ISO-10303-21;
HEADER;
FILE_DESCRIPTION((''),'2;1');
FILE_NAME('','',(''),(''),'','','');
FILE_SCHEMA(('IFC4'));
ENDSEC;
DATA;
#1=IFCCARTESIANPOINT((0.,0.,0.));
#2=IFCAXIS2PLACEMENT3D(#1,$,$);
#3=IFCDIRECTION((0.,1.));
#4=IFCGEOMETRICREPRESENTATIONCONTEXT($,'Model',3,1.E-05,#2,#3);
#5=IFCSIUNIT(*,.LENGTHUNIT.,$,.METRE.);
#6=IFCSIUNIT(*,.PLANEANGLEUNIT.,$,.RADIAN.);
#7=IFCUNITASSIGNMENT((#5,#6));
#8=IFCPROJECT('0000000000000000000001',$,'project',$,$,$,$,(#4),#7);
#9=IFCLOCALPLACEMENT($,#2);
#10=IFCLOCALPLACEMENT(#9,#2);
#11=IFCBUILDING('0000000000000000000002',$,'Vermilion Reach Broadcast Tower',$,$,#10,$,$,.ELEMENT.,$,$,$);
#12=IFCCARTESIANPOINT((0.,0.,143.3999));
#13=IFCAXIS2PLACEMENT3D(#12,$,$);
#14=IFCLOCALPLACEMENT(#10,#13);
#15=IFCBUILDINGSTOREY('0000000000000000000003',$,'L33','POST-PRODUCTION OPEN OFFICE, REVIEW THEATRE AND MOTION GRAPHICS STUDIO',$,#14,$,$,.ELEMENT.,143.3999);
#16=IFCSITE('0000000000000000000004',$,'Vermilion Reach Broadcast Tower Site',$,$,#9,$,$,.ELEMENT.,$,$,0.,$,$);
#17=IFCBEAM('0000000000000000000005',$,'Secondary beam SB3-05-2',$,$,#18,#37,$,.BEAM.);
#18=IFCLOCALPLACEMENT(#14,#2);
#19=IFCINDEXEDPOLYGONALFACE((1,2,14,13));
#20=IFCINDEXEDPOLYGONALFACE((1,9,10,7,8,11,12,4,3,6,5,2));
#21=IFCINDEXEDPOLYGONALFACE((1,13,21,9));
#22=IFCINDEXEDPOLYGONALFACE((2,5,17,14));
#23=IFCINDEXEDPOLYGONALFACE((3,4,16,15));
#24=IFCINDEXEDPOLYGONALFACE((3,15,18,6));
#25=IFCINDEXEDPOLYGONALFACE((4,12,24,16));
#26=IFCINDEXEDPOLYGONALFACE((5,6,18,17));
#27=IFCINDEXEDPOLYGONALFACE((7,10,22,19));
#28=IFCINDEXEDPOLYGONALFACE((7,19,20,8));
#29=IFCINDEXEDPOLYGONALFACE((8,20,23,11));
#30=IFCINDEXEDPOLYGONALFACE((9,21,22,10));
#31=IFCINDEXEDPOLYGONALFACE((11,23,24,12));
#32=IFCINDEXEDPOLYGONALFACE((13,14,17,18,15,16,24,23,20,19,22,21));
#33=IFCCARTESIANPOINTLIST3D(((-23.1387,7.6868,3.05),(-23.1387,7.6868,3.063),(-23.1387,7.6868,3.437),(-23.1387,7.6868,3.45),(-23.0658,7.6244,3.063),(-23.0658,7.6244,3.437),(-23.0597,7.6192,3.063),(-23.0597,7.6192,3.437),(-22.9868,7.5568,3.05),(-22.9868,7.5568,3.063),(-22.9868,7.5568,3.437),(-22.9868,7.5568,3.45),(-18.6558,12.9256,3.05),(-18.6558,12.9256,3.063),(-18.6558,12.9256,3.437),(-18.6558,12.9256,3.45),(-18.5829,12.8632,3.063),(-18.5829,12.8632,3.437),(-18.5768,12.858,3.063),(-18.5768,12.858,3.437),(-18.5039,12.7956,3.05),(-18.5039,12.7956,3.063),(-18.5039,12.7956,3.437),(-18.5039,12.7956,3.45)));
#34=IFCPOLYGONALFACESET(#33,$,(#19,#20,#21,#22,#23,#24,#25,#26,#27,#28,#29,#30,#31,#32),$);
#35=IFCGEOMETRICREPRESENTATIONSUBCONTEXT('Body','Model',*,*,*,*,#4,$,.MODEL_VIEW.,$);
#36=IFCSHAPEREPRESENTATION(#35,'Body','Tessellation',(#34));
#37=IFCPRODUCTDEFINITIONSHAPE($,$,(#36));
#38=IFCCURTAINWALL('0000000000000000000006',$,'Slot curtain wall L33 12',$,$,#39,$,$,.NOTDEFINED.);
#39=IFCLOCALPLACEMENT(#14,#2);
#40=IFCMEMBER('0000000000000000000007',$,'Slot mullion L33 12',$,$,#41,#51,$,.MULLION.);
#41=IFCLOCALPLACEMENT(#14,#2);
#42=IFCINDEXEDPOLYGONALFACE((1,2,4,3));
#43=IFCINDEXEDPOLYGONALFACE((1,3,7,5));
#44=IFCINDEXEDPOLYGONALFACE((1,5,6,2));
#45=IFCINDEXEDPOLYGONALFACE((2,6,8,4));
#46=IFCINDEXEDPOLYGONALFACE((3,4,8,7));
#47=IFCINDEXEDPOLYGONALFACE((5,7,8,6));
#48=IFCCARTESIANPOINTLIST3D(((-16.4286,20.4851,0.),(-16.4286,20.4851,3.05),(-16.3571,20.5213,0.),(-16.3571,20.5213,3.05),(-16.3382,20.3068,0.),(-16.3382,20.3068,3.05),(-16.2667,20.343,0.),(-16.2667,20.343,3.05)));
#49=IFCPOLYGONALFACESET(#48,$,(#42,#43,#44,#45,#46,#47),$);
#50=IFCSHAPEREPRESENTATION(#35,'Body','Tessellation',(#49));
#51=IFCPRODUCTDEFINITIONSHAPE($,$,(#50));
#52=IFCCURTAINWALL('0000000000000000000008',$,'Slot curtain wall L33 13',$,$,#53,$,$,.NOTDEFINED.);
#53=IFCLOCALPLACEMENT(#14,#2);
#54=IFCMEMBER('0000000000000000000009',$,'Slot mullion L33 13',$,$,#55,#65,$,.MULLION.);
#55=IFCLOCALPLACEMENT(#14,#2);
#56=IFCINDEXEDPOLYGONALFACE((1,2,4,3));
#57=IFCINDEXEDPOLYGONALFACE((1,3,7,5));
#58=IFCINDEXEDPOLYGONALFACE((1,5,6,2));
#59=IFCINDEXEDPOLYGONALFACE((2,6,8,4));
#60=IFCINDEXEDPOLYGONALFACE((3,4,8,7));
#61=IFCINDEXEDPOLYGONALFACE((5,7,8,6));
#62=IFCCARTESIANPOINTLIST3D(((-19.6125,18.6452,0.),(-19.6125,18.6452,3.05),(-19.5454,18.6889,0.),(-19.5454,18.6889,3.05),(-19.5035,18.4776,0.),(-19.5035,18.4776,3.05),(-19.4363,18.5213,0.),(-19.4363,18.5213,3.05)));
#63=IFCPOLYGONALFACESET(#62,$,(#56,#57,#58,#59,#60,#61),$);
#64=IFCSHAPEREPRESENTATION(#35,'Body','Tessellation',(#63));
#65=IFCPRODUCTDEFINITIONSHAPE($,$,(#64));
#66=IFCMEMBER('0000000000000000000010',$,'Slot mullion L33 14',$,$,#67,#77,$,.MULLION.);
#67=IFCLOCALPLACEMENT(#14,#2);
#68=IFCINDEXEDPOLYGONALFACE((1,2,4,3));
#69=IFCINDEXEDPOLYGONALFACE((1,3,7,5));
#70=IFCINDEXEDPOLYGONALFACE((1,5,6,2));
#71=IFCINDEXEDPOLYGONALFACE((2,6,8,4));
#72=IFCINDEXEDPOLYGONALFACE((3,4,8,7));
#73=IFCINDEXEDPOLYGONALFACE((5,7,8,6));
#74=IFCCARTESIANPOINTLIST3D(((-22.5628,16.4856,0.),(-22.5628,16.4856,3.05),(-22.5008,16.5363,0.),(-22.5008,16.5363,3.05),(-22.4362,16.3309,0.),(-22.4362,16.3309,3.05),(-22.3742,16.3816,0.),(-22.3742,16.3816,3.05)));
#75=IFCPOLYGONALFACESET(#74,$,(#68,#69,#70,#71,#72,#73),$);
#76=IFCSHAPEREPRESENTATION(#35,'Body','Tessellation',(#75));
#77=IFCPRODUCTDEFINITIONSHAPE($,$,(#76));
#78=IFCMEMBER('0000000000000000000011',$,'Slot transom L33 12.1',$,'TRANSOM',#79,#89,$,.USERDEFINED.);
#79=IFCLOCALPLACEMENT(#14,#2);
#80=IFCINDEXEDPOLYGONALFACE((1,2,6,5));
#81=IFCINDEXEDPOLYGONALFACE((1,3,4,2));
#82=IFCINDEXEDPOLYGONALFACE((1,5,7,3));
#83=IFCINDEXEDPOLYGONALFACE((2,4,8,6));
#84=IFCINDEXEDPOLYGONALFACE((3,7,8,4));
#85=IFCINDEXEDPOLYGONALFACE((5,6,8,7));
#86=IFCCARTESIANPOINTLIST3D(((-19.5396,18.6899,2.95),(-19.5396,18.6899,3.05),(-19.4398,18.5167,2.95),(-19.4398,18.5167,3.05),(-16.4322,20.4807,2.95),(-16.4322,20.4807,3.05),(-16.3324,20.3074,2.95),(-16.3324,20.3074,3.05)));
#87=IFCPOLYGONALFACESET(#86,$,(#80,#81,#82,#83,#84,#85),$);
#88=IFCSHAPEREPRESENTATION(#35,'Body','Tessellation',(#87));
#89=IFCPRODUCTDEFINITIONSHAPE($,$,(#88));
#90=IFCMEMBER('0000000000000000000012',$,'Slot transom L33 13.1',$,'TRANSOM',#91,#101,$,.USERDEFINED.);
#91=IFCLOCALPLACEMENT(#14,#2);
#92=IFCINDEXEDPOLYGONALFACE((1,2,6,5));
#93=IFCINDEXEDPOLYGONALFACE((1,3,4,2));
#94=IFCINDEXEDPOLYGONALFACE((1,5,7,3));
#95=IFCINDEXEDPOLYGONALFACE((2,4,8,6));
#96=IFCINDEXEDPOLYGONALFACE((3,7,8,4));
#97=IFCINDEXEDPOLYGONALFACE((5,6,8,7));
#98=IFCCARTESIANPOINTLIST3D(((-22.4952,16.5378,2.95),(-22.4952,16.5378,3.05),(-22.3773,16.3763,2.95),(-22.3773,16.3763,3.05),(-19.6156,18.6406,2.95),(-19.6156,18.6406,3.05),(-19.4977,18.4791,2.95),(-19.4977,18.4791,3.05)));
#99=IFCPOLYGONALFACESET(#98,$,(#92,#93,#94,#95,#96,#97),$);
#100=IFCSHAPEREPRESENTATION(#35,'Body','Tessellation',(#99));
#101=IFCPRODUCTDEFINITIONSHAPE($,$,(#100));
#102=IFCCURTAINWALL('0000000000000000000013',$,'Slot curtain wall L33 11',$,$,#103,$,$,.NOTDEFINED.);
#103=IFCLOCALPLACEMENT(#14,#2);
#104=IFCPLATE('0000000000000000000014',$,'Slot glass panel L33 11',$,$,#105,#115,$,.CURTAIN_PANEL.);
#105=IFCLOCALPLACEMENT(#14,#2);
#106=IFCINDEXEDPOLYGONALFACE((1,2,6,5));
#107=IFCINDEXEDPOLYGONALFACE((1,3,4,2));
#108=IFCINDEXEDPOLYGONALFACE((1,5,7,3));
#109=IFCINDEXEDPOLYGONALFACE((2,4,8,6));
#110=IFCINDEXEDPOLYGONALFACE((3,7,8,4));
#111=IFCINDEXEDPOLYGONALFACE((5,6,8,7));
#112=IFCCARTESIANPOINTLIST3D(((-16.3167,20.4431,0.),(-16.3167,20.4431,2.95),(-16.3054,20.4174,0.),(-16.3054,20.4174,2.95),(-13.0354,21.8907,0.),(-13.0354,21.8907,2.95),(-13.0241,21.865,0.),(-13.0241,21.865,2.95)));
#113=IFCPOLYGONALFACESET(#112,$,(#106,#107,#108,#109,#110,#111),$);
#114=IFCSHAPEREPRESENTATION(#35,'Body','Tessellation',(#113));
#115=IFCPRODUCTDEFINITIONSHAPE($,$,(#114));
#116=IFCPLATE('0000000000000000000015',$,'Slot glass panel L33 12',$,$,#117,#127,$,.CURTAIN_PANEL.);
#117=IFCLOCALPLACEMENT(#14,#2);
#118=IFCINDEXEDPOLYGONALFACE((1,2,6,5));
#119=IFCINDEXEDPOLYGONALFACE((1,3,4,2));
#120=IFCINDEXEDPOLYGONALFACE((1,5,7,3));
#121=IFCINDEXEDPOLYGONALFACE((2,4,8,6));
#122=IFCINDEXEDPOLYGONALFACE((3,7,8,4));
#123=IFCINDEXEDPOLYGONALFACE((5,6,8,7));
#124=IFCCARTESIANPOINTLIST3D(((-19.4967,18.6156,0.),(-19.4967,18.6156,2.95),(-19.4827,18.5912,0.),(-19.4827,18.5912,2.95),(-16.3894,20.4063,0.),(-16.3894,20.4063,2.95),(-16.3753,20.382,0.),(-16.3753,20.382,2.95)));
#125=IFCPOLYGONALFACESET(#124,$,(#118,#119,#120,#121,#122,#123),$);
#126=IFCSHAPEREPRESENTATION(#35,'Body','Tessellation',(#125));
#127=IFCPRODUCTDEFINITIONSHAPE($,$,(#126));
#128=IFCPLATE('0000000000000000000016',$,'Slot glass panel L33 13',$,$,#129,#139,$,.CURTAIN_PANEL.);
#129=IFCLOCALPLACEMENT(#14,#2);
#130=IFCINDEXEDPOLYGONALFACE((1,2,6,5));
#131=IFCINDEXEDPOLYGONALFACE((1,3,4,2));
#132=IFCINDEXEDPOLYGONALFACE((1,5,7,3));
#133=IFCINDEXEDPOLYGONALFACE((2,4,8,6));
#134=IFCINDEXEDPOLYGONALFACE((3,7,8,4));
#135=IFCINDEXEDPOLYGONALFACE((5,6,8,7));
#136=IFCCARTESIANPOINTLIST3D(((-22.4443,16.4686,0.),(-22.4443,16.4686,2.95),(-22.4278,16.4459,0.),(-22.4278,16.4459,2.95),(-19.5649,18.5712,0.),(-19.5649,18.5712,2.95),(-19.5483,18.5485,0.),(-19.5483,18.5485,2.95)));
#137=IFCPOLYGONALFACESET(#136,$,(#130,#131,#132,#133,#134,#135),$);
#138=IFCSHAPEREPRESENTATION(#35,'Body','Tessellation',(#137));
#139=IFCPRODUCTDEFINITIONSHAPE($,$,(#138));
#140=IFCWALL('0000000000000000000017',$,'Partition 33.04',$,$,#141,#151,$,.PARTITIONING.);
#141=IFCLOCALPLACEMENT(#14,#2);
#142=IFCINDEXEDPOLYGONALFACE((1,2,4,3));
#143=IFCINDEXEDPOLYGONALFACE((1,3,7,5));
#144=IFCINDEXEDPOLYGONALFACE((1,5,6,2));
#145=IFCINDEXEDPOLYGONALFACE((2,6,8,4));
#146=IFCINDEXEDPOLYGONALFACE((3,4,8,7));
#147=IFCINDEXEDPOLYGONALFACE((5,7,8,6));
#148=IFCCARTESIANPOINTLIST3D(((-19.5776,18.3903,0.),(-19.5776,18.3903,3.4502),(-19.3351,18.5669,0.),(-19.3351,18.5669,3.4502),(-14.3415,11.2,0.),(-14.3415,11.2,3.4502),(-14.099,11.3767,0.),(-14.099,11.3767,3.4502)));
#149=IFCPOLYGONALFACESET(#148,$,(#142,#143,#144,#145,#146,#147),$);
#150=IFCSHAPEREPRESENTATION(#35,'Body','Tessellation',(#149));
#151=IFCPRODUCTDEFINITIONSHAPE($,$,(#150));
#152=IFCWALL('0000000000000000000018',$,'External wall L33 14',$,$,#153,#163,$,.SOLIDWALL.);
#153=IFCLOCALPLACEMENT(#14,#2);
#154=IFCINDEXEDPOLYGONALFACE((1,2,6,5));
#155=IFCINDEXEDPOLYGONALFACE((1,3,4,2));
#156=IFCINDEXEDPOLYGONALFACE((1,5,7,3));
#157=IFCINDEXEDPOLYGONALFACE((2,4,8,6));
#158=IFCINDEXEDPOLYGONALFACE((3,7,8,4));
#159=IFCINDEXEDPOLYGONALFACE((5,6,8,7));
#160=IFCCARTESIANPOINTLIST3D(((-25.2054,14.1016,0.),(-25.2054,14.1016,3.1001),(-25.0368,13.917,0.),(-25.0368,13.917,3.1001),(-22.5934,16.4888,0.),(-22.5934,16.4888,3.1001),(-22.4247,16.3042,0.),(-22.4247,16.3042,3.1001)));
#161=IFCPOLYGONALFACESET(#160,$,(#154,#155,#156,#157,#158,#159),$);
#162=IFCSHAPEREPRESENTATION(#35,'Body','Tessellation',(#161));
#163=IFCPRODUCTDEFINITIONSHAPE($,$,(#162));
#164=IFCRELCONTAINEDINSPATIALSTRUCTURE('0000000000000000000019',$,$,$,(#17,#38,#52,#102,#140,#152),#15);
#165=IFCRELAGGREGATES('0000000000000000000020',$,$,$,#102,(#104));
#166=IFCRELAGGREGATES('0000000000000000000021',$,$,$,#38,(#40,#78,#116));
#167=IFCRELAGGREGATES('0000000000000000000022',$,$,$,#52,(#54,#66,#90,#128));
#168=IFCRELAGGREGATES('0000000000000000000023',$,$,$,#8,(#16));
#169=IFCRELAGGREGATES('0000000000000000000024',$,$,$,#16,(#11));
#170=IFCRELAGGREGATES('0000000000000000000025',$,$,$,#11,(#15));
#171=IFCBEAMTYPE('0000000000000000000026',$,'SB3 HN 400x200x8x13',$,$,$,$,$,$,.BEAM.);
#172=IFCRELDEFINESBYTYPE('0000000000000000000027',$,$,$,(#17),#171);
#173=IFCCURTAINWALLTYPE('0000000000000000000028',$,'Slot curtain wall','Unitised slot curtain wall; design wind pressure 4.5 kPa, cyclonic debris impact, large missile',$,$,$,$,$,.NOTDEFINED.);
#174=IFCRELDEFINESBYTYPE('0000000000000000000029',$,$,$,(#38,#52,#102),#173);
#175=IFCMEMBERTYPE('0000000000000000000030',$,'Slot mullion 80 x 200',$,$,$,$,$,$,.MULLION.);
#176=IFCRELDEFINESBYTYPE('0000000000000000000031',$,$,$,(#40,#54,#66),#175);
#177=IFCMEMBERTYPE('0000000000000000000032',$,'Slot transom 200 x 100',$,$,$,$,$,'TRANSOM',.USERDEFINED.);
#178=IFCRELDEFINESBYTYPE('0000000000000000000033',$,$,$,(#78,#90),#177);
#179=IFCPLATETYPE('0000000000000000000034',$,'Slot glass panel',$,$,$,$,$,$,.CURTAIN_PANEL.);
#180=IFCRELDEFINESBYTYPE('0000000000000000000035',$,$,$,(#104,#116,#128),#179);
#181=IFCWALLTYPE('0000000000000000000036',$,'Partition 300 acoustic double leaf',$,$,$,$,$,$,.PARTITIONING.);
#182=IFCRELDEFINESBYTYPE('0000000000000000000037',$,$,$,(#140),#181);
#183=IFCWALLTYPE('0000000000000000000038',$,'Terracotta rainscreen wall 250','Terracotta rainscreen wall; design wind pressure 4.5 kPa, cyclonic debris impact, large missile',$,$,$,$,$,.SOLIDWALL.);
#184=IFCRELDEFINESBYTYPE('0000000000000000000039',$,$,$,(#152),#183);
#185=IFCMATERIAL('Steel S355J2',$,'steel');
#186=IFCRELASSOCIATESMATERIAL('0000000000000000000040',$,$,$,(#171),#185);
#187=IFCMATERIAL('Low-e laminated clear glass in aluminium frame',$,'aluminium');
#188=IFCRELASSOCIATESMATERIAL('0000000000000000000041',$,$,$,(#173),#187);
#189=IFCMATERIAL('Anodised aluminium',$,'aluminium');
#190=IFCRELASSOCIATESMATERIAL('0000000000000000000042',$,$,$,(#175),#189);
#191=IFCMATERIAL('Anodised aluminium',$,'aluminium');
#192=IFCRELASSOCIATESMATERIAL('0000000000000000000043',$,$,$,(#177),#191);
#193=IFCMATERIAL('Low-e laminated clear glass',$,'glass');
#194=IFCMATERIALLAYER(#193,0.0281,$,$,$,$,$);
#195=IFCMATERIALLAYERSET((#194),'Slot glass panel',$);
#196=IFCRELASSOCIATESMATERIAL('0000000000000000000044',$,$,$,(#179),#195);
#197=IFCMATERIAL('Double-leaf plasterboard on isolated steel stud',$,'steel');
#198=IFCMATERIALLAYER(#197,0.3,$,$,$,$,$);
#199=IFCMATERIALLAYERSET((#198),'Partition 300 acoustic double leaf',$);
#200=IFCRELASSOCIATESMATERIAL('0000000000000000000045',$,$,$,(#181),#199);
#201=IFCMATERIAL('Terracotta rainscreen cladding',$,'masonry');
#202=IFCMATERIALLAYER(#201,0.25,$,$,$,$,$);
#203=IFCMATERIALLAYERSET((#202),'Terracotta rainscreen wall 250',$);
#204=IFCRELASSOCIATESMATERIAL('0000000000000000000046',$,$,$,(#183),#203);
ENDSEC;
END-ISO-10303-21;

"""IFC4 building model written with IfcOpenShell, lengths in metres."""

from ifc_helpers import new_model, si_unit, direction, frame, frame_2d, origin, origin_2d, place, context, subcontext, project, spatial, rectangle, i_section, extrude, material, layer, layer_set, material_profile, profile_set, type_object, element, aggregate, save


model = new_model("IFC4")

# Units and contexts
model_context = context("Model", 3, precision=1e-05, world=origin(), true_north=direction((0.0, 1.0)))
body_context = subcontext(model_context, "Body", "Model", "MODEL_VIEW")
ifc_project = project(units=[si_unit("LENGTHUNIT", "METRE"), si_unit("PLANEANGLEUNIT", "RADIAN")], contexts=[model_context])

# Site, building, storey
site_placement = place(None, origin())
site = spatial("IfcSite", under=ifc_project, at=site_placement, Name="Vermilion Reach Broadcast Tower Site", CompositionType="ELEMENT", RefElevation=0.0)
building_placement = place(site_placement, origin())
building = spatial("IfcBuilding", under=site, at=building_placement, Name="Vermilion Reach Broadcast Tower", CompositionType="ELEMENT")
storey_placement = place(building_placement, frame((0.0, 0.0, 143.3999)))
storey = spatial("IfcBuildingStorey", under=building, at=storey_placement, Name="L33", Description="POST-PRODUCTION OPEN OFFICE, REVIEW THEATRE AND MOTION GRAPHICS STUDIO", CompositionType="ELEMENT", Elevation=143.3999)

# Beam
ifc_material_1 = material(Name="Steel S355J2", Category="steel")
ifc_material_profile_1 = material_profile(ifc_material_1, i_section(OverallWidth=0.2, OverallDepth=0.3999, WebThickness=0.0081, FlangeThickness=0.0129, at=origin_2d()), Name="S355J2 HN 400x200x8x13")
ifc_profile_set_1 = profile_set([ifc_material_profile_1], Name="Steel S355J2")
beam_type_1 = type_object("IfcBeamType", Name="SB3 HN 400x200x8x13", PredefinedType="BEAM", material=ifc_profile_set_1)
beam_1_placement = place(storey_placement, frame((-18.5798, 12.8606, 3.25), z_axis=(-0.650167, -0.759791, 0.0), x_axis=(0.759791, -0.650167, 0.0)))
element("IfcBeam", 1, at=beam_1_placement, inside=storey, type_object=beam_type_1, Name="Secondary beam SB3-05-2", PredefinedType="BEAM", context=body_context, shape_type="SweptSolid", body=[
    extrude(i_section(OverallWidth=0.2, OverallDepth=0.3999, WebThickness=0.0081, FlangeThickness=0.0129, at=origin_2d()), origin(), (0.0, 0.0, 1.0), 6.895),
])

# Curtain wall, member
ifc_material_2 = material(Name="Low-e laminated clear glass in aluminium frame", Category="aluminium")
curtain_wall_type = type_object("IfcCurtainWallType", Name="Slot curtain wall", Description="Unitised slot curtain wall; design wind pressure 4.5 kPa, cyclonic debris impact, large missile", PredefinedType="NOTDEFINED", material=ifc_material_2)
placement = place(storey_placement, origin())
curtain_wall_1 = element("IfcCurtainWall", 2, at=placement, inside=storey, type_object=curtain_wall_type, Name="Slot curtain wall L33 12", PredefinedType="NOTDEFINED")
ifc_material_3 = material(Name="Anodised aluminium", Category="aluminium")
ifc_material_profile_2 = material_profile(ifc_material_3, rectangle(XDim=0.2, YDim=0.0801, at=origin_2d()), Name="Slot mullion 80 x 200")
ifc_profile_set_2 = profile_set([ifc_material_profile_2], Name="Anodised aluminium")
member_type_1 = type_object("IfcMemberType", Name="Slot mullion 80 x 200", PredefinedType="MULLION", material=ifc_profile_set_2)
member_1_placement = place(storey_placement, frame((-16.3477, 20.4141, 0.0), z_axis=(0.0, 0.0, 1.0), x_axis=(0.452123, -0.891955, 0.0)))
member_1 = element("IfcMember", 3, at=member_1_placement, type_object=member_type_1, Name="Slot mullion L33 12", PredefinedType="MULLION", context=body_context, shape_type="SweptSolid", body=[
    extrude(rectangle(XDim=0.2, YDim=0.0801, at=origin_2d()), origin(), (0.0, 0.0, 1.0), 3.05),
])

# Curtain wall, members
curtain_wall_2 = element("IfcCurtainWall", 4, at=placement, inside=storey, type_object=curtain_wall_type, Name="Slot curtain wall L33 13", PredefinedType="NOTDEFINED")
member_2_placement = place(storey_placement, frame((-19.5244, 18.5833, 0.0), z_axis=(0.0, 0.0, 1.0), x_axis=(0.545311, -0.838234, 0.0)))
member_2 = element("IfcMember", 5, at=member_2_placement, type_object=member_type_1, Name="Slot mullion L33 13", PredefinedType="MULLION", context=body_context, shape_type="SweptSolid", body=[
    extrude(rectangle(XDim=0.2, YDim=0.0801, at=origin_2d()), origin(), (0.0, 0.0, 1.0), 3.05),
])
member_3_placement = place(storey_placement, frame((-22.4685, 16.4336, 0.0), z_axis=(0.0, 0.0, 1.0), x_axis=(0.633124, -0.77405, 0.0)))
member_3 = element("IfcMember", 6, at=member_3_placement, type_object=member_type_1, Name="Slot mullion L33 14", PredefinedType="MULLION", context=body_context, shape_type="SweptSolid", body=[
    extrude(rectangle(XDim=0.2, YDim=0.0801, at=origin_2d()), origin(), (0.0, 0.0, 1.0), 3.05),
])

# Members
ifc_material_4 = material(Name="Anodised aluminium", Category="aluminium")
ifc_material_profile_3 = material_profile(ifc_material_4, rectangle(XDim=0.2, YDim=0.1001, at=origin_2d()), Name="Slot transom 200 x 100")
ifc_profile_set_3 = profile_set([ifc_material_profile_3], Name="Anodised aluminium")
member_type_2 = type_object("IfcMemberType", Name="Slot transom 200 x 100", ElementType="TRANSOM", PredefinedType="USERDEFINED", material=ifc_profile_set_3)
member_4_placement = place(storey_placement, frame((-16.3823, 20.394, 3.0), z_axis=(-0.866423, -0.49931, 0.0), x_axis=(0.49931, -0.866423, 0.0)))
member_4 = element("IfcMember", 7, at=member_4_placement, type_object=member_type_2, Name="Slot transom L33 12.1", ObjectType="TRANSOM", PredefinedType="USERDEFINED", context=body_context, shape_type="SweptSolid", body=[
    extrude(rectangle(XDim=0.2, YDim=0.1001, at=origin_2d()), origin(), (0.0, 0.0, 1.0), 3.5864),
])
member_5_placement = place(storey_placement, frame((-19.5566, 18.5598, 3.0), z_axis=(-0.807601, -0.58973, 0.0), x_axis=(0.58973, -0.807601, 0.0)))
member_5 = element("IfcMember", 8, at=member_5_placement, type_object=member_type_2, Name="Slot transom L33 13.1", ObjectType="TRANSOM", PredefinedType="USERDEFINED", context=body_context, shape_type="SweptSolid", body=[
    extrude(rectangle(XDim=0.2, YDim=0.1001, at=origin_2d()), origin(), (0.0, 0.0, 1.0), 3.5657),
])

# Curtain wall, plate
curtain_wall_3 = element("IfcCurtainWall", 9, at=placement, inside=storey, type_object=curtain_wall_type, Name="Slot curtain wall L33 11", PredefinedType="NOTDEFINED")
ifc_material_5 = material(Name="Low-e laminated clear glass", Category="glass")
ifc_layer_1 = layer(ifc_material_5, 0.0281)
ifc_layer_set_1 = layer_set([ifc_layer_1], Name="Slot glass panel")
plate_type = type_object("IfcPlateType", Name="Slot glass panel", PredefinedType="CURTAIN_PANEL", material=ifc_layer_set_1)
plate_1_placement = place(storey_placement, frame((-14.6704, 21.1541, 0.0), z_axis=(0.0, 0.0, 1.0), x_axis=(-0.91492, -0.403636, 0.0)))
plate_1 = element("IfcPlate", 10, at=plate_1_placement, type_object=plate_type, Name="Slot glass panel L33 11", PredefinedType="CURTAIN_PANEL", context=body_context, shape_type="SweptSolid", body=[
    extrude(rectangle(XDim=3.5864, YDim=0.0281, at=origin_2d()), origin(), (0.0, 0.0, 1.0), 2.95),
])
aggregate(curtain_wall_3, [plate_1])

# Plates
plate_2_placement = place(storey_placement, frame((-17.936, 19.4988, 0.0), z_axis=(0.0, 0.0, 1.0), x_axis=(-0.866424, -0.499309, 0.0)))
plate_2 = element("IfcPlate", 11, at=plate_2_placement, type_object=plate_type, Name="Slot glass panel L33 12", PredefinedType="CURTAIN_PANEL", context=body_context, shape_type="SweptSolid", body=[
    extrude(rectangle(XDim=3.5864, YDim=0.0281, at=origin_2d()), origin(), (0.0, 0.0, 1.0), 2.95),
])
aggregate(curtain_wall_1, [member_1, member_4, plate_2])
plate_3_placement = place(storey_placement, frame((-20.9963, 17.5085, 0.0), z_axis=(0.0, 0.0, 1.0), x_axis=(-0.807604, -0.589726, 0.0)))
plate_3 = element("IfcPlate", 12, at=plate_3_placement, type_object=plate_type, Name="Slot glass panel L33 13", PredefinedType="CURTAIN_PANEL", context=body_context, shape_type="SweptSolid", body=[
    extrude(rectangle(XDim=3.5654, YDim=0.0281, at=origin_2d()), origin(), (0.0, 0.0, 1.0), 2.95),
])
aggregate(curtain_wall_2, [member_2, member_3, member_5, plate_3])

# Walls
ifc_material_6 = material(Name="Double-leaf plasterboard on isolated steel stud", Category="steel")
ifc_layer_2 = layer(ifc_material_6, 0.3)
ifc_layer_set_2 = layer_set([ifc_layer_2], Name="Partition 300 acoustic double leaf")
wall_type_1 = type_object("IfcWallType", Name="Partition 300 acoustic double leaf", PredefinedType="PARTITIONING", material=ifc_layer_set_2)
wall_1_placement = place(storey_placement, frame((-19.4563, 18.4785, 0.0), z_axis=(0.0, 0.0, 1.0), x_axis=(0.588676, -0.808369, 0.0)))
element("IfcWall", 13, at=wall_1_placement, inside=storey, type_object=wall_type_1, Name="Partition 33.04", PredefinedType="PARTITIONING", context=body_context, shape_type="SweptSolid", body=[
    extrude(rectangle(XDim=8.8948, YDim=0.3, at=frame_2d((4.4473, 0.0))), origin(), (0.0, 0.0, 1.0), 3.4502),
])
ifc_material_7 = material(Name="Terracotta rainscreen cladding", Category="masonry")
ifc_layer_3 = layer(ifc_material_7, 0.25)
ifc_layer_set_3 = layer_set([ifc_layer_3], Name="Terracotta rainscreen wall 250")
wall_type_2 = type_object("IfcWallType", Name="Terracotta rainscreen wall 250", Description="Terracotta rainscreen wall; design wind pressure 4.5 kPa, cyclonic debris impact, large missile", PredefinedType="SOLIDWALL", material=ifc_layer_set_3)
wall_2_placement = place(storey_placement, frame((-22.509, 16.3965, 0.0), z_axis=(0.0, 0.0, 1.0), x_axis=(-0.738164, -0.674621, 0.0)))
element("IfcWall", 14, at=wall_2_placement, inside=storey, type_object=wall_type_2, Name="External wall L33 14", PredefinedType="SOLIDWALL", context=body_context, shape_type="SweptSolid", body=[
    extrude(rectangle(XDim=3.5386, YDim=0.25, at=frame_2d((1.7693, 0.0))), origin(), (0.0, 0.0, 1.0), 3.1001),
])

save(model, "model.ifc")
